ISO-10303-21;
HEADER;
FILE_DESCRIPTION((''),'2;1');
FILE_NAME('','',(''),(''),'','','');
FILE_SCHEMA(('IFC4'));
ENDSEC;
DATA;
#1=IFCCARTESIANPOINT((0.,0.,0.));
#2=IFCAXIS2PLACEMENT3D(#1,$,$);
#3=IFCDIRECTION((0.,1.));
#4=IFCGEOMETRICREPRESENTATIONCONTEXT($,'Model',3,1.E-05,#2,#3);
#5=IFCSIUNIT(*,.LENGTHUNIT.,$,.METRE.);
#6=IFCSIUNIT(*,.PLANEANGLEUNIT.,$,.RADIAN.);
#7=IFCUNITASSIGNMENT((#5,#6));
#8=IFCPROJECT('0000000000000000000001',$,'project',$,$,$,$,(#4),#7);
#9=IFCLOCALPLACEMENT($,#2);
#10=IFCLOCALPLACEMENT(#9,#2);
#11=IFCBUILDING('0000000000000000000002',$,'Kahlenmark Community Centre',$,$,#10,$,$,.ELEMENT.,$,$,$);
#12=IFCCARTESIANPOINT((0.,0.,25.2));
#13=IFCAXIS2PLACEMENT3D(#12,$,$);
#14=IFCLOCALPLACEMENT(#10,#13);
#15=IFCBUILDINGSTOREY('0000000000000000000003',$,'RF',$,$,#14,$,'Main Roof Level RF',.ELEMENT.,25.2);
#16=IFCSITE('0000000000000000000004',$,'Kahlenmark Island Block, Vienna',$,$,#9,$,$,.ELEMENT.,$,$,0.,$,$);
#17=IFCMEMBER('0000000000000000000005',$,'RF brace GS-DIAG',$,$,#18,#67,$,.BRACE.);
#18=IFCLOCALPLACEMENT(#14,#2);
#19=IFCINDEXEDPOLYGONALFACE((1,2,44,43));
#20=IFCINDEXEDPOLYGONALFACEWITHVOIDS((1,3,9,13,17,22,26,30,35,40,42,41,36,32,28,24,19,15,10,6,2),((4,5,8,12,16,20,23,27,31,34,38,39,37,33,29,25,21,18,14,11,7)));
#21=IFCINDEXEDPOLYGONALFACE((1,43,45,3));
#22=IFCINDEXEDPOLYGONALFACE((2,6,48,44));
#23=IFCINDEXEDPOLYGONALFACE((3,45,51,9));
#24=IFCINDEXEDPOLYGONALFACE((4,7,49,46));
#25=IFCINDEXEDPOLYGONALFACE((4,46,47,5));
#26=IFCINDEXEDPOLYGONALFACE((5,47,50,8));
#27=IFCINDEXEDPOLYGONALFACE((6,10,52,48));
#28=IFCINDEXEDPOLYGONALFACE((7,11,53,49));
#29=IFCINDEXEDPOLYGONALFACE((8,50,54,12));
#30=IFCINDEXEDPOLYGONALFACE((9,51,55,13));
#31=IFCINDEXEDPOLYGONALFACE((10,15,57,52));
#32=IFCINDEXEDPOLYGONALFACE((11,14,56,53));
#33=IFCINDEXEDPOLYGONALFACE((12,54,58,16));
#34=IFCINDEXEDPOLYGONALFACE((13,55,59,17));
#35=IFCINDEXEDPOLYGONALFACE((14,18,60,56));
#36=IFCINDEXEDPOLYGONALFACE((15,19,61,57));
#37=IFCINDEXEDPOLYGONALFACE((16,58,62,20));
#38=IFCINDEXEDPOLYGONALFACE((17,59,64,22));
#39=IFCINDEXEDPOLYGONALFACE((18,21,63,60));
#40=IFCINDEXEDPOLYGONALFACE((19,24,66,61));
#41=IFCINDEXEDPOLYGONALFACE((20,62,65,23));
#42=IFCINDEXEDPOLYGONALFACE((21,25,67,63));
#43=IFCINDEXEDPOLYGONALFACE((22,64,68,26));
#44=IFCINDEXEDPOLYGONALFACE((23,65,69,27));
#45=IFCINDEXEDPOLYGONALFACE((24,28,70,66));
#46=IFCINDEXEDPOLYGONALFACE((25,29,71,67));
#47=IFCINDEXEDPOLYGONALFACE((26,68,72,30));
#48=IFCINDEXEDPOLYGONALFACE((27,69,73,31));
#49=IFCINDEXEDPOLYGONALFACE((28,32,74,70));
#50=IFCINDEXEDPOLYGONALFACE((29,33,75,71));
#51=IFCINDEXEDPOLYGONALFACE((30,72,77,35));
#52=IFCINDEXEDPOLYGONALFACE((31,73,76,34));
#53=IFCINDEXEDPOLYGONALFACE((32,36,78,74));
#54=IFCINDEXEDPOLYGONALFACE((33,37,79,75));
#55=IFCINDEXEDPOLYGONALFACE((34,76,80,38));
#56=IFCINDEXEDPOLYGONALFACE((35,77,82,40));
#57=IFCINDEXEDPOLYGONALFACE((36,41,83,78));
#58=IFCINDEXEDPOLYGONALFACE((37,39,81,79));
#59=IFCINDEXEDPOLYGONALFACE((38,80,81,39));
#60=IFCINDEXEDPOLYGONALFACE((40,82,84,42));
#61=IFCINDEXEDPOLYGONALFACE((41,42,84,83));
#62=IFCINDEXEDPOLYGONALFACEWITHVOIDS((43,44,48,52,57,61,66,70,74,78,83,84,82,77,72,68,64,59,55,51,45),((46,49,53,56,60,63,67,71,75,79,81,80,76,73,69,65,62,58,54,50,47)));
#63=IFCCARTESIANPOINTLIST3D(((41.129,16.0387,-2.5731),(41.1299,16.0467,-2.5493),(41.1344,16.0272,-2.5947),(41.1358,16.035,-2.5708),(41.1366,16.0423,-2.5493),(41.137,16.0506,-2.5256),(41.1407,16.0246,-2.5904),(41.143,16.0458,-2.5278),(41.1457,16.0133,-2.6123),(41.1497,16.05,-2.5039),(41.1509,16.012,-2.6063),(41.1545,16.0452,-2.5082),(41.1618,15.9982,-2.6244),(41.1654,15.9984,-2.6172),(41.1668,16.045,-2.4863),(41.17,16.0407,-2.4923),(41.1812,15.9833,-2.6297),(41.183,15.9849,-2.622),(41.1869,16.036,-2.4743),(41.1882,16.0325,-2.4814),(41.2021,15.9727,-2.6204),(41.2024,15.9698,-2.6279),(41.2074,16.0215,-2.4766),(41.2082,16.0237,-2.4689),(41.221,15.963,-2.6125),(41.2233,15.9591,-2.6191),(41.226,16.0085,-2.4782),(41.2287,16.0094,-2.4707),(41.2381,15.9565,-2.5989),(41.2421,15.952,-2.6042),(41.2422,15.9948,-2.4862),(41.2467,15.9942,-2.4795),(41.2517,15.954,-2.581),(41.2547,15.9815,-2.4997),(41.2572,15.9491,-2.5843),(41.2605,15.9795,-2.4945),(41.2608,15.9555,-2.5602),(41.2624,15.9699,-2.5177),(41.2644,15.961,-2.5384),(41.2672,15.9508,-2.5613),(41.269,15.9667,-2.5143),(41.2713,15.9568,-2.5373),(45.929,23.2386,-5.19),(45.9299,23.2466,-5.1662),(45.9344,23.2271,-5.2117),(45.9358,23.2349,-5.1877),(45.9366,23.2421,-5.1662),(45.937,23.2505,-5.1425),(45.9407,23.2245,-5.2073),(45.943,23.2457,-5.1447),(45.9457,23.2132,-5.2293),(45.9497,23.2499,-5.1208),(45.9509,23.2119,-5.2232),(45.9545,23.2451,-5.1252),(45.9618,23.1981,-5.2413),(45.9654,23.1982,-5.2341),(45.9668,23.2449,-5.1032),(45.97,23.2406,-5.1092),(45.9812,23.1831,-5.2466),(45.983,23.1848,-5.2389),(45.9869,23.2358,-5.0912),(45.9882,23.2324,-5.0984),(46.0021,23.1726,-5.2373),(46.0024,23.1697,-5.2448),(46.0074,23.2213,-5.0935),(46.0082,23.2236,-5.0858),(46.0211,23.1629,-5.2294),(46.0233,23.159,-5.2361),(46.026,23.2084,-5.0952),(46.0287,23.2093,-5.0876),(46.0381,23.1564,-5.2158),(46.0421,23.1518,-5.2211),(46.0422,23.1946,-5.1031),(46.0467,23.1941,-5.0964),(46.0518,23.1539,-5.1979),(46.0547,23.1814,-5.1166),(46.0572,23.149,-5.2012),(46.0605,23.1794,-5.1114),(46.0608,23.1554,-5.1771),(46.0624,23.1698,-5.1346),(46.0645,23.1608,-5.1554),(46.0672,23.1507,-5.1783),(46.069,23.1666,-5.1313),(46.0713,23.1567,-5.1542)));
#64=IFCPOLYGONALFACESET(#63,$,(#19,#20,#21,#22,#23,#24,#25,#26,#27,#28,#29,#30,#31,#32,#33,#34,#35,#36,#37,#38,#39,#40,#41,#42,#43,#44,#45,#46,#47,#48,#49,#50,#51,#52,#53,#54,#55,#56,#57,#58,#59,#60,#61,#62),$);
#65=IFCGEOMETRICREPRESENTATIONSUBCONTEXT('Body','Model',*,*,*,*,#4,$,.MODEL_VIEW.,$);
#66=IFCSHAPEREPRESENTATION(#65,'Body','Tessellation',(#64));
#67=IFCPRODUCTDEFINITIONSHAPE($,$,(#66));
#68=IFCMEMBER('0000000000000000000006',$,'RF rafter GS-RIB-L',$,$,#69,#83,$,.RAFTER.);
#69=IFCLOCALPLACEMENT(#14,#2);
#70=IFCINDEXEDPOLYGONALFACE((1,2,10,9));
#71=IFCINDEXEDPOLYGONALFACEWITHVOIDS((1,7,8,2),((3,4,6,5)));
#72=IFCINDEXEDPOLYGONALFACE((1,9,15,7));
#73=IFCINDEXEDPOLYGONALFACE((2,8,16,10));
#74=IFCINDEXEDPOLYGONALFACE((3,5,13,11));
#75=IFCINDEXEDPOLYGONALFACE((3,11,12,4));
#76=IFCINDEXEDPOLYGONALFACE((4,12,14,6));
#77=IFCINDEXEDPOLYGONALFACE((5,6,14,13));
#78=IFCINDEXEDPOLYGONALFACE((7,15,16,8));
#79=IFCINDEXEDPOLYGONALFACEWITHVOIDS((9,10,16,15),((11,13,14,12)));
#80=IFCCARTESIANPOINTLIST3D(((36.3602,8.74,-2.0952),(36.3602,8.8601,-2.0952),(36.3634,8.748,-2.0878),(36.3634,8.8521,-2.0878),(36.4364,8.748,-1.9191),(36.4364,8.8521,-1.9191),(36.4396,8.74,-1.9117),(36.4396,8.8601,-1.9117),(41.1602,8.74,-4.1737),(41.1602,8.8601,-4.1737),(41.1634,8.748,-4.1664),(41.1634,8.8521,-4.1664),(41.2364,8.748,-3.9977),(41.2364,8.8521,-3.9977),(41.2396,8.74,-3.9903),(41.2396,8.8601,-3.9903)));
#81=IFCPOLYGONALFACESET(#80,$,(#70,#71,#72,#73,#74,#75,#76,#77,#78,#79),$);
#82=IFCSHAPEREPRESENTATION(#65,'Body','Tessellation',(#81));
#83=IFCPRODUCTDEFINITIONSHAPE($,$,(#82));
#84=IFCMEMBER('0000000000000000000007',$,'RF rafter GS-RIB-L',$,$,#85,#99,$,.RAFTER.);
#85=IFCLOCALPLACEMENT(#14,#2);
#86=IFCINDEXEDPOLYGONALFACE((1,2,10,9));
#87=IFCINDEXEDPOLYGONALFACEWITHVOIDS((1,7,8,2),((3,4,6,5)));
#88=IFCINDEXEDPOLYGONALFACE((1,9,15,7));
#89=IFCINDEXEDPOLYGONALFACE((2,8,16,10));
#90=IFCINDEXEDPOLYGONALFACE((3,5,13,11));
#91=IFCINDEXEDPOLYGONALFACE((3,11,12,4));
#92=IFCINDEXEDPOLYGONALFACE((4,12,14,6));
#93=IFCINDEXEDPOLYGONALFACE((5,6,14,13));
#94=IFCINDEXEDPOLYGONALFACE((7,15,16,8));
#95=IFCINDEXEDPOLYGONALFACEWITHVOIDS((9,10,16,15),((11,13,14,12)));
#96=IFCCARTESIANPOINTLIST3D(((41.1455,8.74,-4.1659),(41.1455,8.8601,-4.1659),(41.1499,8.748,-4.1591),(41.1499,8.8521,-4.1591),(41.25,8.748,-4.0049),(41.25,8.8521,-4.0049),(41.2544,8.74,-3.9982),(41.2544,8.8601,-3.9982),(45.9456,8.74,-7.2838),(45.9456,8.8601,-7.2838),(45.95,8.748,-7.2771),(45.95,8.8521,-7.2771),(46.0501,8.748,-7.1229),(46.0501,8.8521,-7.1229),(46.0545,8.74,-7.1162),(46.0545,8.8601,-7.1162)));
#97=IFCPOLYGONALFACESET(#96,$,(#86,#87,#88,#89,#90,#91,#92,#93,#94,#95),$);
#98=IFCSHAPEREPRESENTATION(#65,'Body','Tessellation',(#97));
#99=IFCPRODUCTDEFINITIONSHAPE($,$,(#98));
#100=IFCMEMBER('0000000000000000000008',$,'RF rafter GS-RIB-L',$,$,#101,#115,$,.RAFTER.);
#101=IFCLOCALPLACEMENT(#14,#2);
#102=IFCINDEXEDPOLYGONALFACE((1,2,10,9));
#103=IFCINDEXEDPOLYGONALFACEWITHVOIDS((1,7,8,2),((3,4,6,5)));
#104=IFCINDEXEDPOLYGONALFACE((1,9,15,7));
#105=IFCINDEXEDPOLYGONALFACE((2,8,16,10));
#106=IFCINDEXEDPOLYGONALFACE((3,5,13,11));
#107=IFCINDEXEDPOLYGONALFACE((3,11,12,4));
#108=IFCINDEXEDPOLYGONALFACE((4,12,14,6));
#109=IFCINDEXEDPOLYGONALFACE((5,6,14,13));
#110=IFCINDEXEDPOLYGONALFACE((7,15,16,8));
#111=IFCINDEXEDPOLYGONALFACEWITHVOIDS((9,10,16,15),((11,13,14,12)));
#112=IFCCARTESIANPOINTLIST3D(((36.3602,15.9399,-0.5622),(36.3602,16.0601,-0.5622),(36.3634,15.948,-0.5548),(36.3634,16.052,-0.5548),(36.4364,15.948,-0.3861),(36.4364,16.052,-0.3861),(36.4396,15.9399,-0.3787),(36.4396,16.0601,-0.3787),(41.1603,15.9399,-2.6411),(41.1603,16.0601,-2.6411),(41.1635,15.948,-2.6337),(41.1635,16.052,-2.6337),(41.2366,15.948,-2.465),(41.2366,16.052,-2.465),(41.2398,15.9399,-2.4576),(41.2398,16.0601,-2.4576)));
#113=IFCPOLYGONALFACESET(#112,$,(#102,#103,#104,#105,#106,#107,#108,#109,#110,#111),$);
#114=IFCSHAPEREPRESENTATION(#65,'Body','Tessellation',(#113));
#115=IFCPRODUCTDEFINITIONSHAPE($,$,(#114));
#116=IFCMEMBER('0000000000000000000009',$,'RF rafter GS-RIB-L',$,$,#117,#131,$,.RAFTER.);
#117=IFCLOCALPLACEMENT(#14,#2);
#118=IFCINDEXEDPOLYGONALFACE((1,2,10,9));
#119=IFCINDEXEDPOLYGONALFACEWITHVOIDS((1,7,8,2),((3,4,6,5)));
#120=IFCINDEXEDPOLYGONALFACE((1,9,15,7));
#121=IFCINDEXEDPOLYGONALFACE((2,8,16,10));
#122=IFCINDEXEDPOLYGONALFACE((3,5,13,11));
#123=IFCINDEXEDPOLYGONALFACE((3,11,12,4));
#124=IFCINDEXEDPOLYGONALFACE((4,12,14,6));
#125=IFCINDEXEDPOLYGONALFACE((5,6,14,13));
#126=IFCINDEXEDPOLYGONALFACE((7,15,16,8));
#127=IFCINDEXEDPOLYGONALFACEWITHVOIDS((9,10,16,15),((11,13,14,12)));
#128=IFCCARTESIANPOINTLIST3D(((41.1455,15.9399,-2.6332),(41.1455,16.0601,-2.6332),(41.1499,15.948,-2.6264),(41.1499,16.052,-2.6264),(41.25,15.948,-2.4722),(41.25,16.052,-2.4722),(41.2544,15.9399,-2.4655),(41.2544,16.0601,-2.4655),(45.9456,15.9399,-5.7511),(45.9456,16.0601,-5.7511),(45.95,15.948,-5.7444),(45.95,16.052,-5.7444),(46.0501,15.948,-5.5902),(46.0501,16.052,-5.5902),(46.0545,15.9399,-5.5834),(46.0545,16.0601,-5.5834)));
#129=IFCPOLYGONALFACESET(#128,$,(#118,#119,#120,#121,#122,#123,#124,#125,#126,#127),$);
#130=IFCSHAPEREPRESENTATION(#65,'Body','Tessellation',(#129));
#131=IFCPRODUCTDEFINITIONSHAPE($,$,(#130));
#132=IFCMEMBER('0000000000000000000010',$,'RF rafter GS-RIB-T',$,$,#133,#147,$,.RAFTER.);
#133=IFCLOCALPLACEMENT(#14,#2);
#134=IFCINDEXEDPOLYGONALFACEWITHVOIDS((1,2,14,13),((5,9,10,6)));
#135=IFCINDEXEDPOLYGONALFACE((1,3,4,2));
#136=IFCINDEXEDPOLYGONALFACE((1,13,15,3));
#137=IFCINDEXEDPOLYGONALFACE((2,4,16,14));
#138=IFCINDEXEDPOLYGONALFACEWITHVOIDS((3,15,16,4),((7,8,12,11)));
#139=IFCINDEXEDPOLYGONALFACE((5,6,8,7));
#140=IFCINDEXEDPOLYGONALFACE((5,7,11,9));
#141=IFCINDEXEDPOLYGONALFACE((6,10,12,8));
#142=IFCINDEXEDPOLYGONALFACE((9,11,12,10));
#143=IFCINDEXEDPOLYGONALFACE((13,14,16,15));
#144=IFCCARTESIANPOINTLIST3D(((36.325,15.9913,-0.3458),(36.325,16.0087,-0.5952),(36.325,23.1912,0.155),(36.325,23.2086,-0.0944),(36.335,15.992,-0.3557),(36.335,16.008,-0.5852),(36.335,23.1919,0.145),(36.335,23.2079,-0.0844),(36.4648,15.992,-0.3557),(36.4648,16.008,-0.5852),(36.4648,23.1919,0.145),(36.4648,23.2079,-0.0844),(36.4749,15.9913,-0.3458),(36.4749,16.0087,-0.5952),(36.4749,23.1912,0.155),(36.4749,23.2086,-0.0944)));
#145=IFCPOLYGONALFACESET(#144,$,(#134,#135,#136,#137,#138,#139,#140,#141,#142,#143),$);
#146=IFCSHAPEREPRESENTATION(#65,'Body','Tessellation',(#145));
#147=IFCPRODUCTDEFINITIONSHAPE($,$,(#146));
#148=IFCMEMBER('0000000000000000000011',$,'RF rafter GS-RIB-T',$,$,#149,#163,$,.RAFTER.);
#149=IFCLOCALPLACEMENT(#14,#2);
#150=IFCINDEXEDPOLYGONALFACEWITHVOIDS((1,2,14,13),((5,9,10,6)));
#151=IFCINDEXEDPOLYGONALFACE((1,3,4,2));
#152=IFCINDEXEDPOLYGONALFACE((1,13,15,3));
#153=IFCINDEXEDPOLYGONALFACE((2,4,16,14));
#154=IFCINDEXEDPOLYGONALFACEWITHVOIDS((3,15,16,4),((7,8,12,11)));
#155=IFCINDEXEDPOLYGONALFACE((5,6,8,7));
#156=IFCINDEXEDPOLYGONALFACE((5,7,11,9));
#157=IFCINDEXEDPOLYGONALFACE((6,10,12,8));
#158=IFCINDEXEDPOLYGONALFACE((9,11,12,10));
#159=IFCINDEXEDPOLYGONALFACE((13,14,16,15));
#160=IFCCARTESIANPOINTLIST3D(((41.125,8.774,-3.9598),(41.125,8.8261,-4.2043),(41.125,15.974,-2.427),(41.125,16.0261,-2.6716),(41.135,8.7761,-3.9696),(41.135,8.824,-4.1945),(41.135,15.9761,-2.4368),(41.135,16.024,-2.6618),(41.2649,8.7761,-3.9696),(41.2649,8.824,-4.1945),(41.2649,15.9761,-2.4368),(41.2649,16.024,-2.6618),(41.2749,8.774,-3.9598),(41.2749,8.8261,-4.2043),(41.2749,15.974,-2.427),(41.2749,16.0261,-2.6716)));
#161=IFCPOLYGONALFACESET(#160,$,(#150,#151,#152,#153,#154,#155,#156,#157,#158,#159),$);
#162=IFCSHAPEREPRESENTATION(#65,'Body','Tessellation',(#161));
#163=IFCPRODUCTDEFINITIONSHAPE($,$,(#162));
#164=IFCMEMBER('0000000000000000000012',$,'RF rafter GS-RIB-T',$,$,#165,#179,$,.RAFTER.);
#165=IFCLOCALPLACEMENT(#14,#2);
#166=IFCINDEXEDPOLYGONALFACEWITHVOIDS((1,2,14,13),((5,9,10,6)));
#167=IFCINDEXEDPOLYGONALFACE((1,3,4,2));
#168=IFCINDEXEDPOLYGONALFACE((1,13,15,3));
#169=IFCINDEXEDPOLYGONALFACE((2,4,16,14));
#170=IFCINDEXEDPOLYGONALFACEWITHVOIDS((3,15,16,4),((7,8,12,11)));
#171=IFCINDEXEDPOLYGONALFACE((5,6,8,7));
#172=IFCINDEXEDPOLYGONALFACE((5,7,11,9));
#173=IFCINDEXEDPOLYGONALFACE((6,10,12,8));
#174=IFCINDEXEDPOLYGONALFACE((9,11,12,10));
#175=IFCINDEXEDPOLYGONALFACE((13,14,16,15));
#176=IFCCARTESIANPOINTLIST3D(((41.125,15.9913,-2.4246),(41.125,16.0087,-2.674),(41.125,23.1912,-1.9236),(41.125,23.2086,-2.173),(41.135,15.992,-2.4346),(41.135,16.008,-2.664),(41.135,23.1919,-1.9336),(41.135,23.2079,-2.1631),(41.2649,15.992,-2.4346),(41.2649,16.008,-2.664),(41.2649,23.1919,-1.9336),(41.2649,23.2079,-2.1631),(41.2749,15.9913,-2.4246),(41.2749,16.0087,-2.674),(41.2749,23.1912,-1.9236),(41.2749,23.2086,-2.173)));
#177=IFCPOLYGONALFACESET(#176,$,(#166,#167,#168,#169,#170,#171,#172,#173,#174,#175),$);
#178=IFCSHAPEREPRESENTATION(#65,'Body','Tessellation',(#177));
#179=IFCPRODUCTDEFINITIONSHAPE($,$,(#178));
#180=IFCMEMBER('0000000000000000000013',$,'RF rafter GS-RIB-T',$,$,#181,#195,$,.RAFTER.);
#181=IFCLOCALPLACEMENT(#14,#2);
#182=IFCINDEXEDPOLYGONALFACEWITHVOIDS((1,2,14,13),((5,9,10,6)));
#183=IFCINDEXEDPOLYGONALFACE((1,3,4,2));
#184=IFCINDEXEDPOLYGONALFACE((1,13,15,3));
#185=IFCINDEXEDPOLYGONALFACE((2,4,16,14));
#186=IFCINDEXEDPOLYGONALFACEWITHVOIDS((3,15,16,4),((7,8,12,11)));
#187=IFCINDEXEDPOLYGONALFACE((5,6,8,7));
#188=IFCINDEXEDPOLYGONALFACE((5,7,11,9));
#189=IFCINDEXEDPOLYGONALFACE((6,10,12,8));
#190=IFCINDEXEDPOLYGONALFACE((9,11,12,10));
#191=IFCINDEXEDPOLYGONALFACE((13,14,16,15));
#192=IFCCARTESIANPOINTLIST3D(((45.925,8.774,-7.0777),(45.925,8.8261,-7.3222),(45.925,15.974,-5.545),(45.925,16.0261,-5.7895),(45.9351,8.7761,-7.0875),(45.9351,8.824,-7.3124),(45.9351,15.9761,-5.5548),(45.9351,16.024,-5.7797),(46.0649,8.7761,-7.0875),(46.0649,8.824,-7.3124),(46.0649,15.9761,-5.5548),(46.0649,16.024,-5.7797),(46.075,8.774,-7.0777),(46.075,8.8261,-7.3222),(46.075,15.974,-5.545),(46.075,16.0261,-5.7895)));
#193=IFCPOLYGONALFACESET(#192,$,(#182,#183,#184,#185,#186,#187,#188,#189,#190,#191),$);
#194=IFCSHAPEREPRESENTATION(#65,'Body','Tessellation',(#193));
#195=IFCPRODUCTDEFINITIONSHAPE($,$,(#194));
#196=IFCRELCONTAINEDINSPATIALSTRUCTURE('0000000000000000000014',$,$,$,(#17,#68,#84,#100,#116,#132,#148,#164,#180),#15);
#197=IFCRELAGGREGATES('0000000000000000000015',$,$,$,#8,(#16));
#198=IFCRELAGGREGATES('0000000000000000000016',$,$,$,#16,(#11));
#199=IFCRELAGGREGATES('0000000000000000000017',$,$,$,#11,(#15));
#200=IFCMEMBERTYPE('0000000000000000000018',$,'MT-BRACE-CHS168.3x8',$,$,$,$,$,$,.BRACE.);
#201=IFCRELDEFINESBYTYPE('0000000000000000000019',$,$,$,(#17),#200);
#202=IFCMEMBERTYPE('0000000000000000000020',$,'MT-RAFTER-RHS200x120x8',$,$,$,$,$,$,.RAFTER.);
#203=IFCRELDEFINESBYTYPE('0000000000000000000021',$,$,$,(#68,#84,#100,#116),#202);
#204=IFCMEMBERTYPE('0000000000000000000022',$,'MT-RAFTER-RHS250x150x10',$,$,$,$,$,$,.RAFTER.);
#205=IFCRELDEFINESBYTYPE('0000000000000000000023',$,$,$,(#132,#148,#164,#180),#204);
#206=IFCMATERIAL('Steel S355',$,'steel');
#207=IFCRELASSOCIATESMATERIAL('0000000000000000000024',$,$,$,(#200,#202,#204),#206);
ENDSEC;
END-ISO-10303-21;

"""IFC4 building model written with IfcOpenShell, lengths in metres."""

from ifc_helpers import new_model, si_unit, direction, frame, origin, origin_2d, place, context, subcontext, project, spatial, hollow_rectangle, hollow_circle, extrude, material, material_profile, profile_set, type_object, element, save


model = new_model("IFC4")

# Units and contexts
model_context = context("Model", 3, precision=1e-05, world=origin(), true_north=direction((0.0, 1.0)))
body_context = subcontext(model_context, "Body", "Model", "MODEL_VIEW")
ifc_project = project(units=[si_unit("LENGTHUNIT", "METRE"), si_unit("PLANEANGLEUNIT", "RADIAN")], contexts=[model_context])

# Site, building, storey
site_placement = place(None, origin())
site = spatial("IfcSite", under=ifc_project, at=site_placement, Name="Kahlenmark Island Block, Vienna", CompositionType="ELEMENT", RefElevation=0.0)
building_placement = place(site_placement, origin())
building = spatial("IfcBuilding", under=site, at=building_placement, Name="Kahlenmark Community Centre", CompositionType="ELEMENT")
storey_placement = place(building_placement, frame((0.0, 0.0, 25.2)))
storey = spatial("IfcBuildingStorey", under=building, at=storey_placement, Name="RF", LongName="Main Roof Level RF", CompositionType="ELEMENT", Elevation=25.2)

# Members
ifc_material_1 = material(Name="Steel S355", Category="steel")
ifc_material_profile_1 = material_profile(ifc_material_1, hollow_circle(Radius=0.0842, WallThickness=0.0081, at=origin_2d()), Name="CHS 168.3x8")
ifc_profile_set_1 = profile_set([ifc_material_profile_1], Name="Steel S355")
member_type_1 = type_object("IfcMemberType", Name="MT-BRACE-CHS168.3x8", PredefinedType="BRACE", material=ifc_profile_set_1)
member_1_placement = place(storey_placement, frame((41.2, 16.0, -2.5493), z_axis=(0.530958, 0.796423, -0.289473), x_axis=(-0.832046, 0.554707, 0.0)))
element("IfcMember", 1, at=member_1_placement, inside=storey, type_object=member_type_1, Name="RF brace GS-DIAG", PredefinedType="BRACE", context=body_context, shape_type="SweptSolid", body=[
    extrude(hollow_circle(Radius=0.0842, WallThickness=0.0081, at=origin_2d()), origin(), (0.0, 0.0, 1.0), 9.0403),
])
ifc_material_profile_2 = material_profile(ifc_material_1, hollow_rectangle(XDim=0.1201, YDim=0.2, WallThickness=0.0081, at=origin_2d()), Name="RHS 200x120x8")
ifc_profile_set_2 = profile_set([ifc_material_profile_2], Name="Steel S355")
member_type_2 = type_object("IfcMemberType", Name="MT-RAFTER-RHS200x120x8", PredefinedType="RAFTER", material=ifc_profile_set_2)
member_2_placement = place(storey_placement, frame((36.3999, 8.8, -2.0034), z_axis=(0.917654, 0.0, -0.397381), x_axis=(0.0, 1.0, 0.0)))
element("IfcMember", 2, at=member_2_placement, inside=storey, type_object=member_type_2, Name="RF rafter GS-RIB-L", PredefinedType="RAFTER", context=body_context, shape_type="SweptSolid", body=[
    extrude(hollow_rectangle(XDim=0.1201, YDim=0.2, WallThickness=0.0081, at=origin_2d()), origin(), (0.0, 0.0, 1.0), 5.2307),
])
member_3_placement = place(storey_placement, frame((41.2, 8.8, -4.082), z_axis=(0.838612, 0.0, -0.544729), x_axis=(0.0, 1.0, 0.0)))
element("IfcMember", 3, at=member_3_placement, inside=storey, type_object=member_type_2, Name="RF rafter GS-RIB-L", PredefinedType="RAFTER", context=body_context, shape_type="SweptSolid", body=[
    extrude(hollow_rectangle(XDim=0.1201, YDim=0.2, WallThickness=0.0081, at=origin_2d()), origin(), (0.0, 0.0, 1.0), 5.7239),
])
member_4_placement = place(storey_placement, frame((36.3999, 16.0, -0.4705), z_axis=(0.917637, 0.0, -0.39742), x_axis=(0.0, 1.0, 0.0)))
element("IfcMember", 4, at=member_4_placement, inside=storey, type_object=member_type_2, Name="RF rafter GS-RIB-L", PredefinedType="RAFTER", context=body_context, shape_type="SweptSolid", body=[
    extrude(hollow_rectangle(XDim=0.1201, YDim=0.2, WallThickness=0.0081, at=origin_2d()), origin(), (0.0, 0.0, 1.0), 5.231),
])
member_5_placement = place(storey_placement, frame((41.2, 16.0, -2.5493), z_axis=(0.838612, 0.0, -0.544729), x_axis=(0.0, 1.0, 0.0)))
element("IfcMember", 5, at=member_5_placement, inside=storey, type_object=member_type_2, Name="RF rafter GS-RIB-L", PredefinedType="RAFTER", context=body_context, shape_type="SweptSolid", body=[
    extrude(hollow_rectangle(XDim=0.1201, YDim=0.2, WallThickness=0.0081, at=origin_2d()), origin(), (0.0, 0.0, 1.0), 5.7239),
])
ifc_material_profile_3 = material_profile(ifc_material_1, hollow_rectangle(XDim=0.1499, YDim=0.25, WallThickness=0.01, at=origin_2d()), Name="RHS 250x150x10")
ifc_profile_set_3 = profile_set([ifc_material_profile_3], Name="Steel S355")
member_type_3 = type_object("IfcMemberType", Name="MT-RAFTER-RHS250x150x10", PredefinedType="RAFTER", material=ifc_profile_set_3)
member_6_placement = place(storey_placement, frame((36.3999, 16.0, -0.4705), z_axis=(0.0, 0.99759, 0.069379), x_axis=(-1.0, 0.0, 0.0)))
element("IfcMember", 6, at=member_6_placement, inside=storey, type_object=member_type_3, Name="RF rafter GS-RIB-T", PredefinedType="RAFTER", context=body_context, shape_type="SweptSolid", body=[
    extrude(hollow_rectangle(XDim=0.1499, YDim=0.25, WallThickness=0.01, at=origin_2d()), origin(), (0.0, 0.0, 1.0), 7.2173),
])
member_7_placement = place(storey_placement, frame((41.2, 8.8, -4.082), z_axis=(0.0, 0.978084, 0.208213), x_axis=(-1.0, 0.0, 0.0)))
element("IfcMember", 7, at=member_7_placement, inside=storey, type_object=member_type_3, Name="RF rafter GS-RIB-T", PredefinedType="RAFTER", context=body_context, shape_type="SweptSolid", body=[
    extrude(hollow_rectangle(XDim=0.1499, YDim=0.25, WallThickness=0.01, at=origin_2d()), origin(), (0.0, 0.0, 1.0), 7.3613),
])
member_8_placement = place(storey_placement, frame((41.2, 16.0, -2.5493), z_axis=(0.0, 0.997588, 0.069413), x_axis=(-1.0, 0.0, 0.0)))
element("IfcMember", 8, at=member_8_placement, inside=storey, type_object=member_type_3, Name="RF rafter GS-RIB-T", PredefinedType="RAFTER", context=body_context, shape_type="SweptSolid", body=[
    extrude(hollow_rectangle(XDim=0.1499, YDim=0.25, WallThickness=0.01, at=origin_2d()), origin(), (0.0, 0.0, 1.0), 7.2173),
])
member_9_placement = place(storey_placement, frame((46.0, 8.8, -7.2), z_axis=(0.0, 0.978084, 0.208213), x_axis=(-1.0, 0.0, 0.0)))
element("IfcMember", 9, at=member_9_placement, inside=storey, type_object=member_type_3, Name="RF rafter GS-RIB-T", PredefinedType="RAFTER", context=body_context, shape_type="SweptSolid", body=[
    extrude(hollow_rectangle(XDim=0.1499, YDim=0.25, WallThickness=0.01, at=origin_2d()), origin(), (0.0, 0.0, 1.0), 7.3613),
])

save(model, "model.ifc")
